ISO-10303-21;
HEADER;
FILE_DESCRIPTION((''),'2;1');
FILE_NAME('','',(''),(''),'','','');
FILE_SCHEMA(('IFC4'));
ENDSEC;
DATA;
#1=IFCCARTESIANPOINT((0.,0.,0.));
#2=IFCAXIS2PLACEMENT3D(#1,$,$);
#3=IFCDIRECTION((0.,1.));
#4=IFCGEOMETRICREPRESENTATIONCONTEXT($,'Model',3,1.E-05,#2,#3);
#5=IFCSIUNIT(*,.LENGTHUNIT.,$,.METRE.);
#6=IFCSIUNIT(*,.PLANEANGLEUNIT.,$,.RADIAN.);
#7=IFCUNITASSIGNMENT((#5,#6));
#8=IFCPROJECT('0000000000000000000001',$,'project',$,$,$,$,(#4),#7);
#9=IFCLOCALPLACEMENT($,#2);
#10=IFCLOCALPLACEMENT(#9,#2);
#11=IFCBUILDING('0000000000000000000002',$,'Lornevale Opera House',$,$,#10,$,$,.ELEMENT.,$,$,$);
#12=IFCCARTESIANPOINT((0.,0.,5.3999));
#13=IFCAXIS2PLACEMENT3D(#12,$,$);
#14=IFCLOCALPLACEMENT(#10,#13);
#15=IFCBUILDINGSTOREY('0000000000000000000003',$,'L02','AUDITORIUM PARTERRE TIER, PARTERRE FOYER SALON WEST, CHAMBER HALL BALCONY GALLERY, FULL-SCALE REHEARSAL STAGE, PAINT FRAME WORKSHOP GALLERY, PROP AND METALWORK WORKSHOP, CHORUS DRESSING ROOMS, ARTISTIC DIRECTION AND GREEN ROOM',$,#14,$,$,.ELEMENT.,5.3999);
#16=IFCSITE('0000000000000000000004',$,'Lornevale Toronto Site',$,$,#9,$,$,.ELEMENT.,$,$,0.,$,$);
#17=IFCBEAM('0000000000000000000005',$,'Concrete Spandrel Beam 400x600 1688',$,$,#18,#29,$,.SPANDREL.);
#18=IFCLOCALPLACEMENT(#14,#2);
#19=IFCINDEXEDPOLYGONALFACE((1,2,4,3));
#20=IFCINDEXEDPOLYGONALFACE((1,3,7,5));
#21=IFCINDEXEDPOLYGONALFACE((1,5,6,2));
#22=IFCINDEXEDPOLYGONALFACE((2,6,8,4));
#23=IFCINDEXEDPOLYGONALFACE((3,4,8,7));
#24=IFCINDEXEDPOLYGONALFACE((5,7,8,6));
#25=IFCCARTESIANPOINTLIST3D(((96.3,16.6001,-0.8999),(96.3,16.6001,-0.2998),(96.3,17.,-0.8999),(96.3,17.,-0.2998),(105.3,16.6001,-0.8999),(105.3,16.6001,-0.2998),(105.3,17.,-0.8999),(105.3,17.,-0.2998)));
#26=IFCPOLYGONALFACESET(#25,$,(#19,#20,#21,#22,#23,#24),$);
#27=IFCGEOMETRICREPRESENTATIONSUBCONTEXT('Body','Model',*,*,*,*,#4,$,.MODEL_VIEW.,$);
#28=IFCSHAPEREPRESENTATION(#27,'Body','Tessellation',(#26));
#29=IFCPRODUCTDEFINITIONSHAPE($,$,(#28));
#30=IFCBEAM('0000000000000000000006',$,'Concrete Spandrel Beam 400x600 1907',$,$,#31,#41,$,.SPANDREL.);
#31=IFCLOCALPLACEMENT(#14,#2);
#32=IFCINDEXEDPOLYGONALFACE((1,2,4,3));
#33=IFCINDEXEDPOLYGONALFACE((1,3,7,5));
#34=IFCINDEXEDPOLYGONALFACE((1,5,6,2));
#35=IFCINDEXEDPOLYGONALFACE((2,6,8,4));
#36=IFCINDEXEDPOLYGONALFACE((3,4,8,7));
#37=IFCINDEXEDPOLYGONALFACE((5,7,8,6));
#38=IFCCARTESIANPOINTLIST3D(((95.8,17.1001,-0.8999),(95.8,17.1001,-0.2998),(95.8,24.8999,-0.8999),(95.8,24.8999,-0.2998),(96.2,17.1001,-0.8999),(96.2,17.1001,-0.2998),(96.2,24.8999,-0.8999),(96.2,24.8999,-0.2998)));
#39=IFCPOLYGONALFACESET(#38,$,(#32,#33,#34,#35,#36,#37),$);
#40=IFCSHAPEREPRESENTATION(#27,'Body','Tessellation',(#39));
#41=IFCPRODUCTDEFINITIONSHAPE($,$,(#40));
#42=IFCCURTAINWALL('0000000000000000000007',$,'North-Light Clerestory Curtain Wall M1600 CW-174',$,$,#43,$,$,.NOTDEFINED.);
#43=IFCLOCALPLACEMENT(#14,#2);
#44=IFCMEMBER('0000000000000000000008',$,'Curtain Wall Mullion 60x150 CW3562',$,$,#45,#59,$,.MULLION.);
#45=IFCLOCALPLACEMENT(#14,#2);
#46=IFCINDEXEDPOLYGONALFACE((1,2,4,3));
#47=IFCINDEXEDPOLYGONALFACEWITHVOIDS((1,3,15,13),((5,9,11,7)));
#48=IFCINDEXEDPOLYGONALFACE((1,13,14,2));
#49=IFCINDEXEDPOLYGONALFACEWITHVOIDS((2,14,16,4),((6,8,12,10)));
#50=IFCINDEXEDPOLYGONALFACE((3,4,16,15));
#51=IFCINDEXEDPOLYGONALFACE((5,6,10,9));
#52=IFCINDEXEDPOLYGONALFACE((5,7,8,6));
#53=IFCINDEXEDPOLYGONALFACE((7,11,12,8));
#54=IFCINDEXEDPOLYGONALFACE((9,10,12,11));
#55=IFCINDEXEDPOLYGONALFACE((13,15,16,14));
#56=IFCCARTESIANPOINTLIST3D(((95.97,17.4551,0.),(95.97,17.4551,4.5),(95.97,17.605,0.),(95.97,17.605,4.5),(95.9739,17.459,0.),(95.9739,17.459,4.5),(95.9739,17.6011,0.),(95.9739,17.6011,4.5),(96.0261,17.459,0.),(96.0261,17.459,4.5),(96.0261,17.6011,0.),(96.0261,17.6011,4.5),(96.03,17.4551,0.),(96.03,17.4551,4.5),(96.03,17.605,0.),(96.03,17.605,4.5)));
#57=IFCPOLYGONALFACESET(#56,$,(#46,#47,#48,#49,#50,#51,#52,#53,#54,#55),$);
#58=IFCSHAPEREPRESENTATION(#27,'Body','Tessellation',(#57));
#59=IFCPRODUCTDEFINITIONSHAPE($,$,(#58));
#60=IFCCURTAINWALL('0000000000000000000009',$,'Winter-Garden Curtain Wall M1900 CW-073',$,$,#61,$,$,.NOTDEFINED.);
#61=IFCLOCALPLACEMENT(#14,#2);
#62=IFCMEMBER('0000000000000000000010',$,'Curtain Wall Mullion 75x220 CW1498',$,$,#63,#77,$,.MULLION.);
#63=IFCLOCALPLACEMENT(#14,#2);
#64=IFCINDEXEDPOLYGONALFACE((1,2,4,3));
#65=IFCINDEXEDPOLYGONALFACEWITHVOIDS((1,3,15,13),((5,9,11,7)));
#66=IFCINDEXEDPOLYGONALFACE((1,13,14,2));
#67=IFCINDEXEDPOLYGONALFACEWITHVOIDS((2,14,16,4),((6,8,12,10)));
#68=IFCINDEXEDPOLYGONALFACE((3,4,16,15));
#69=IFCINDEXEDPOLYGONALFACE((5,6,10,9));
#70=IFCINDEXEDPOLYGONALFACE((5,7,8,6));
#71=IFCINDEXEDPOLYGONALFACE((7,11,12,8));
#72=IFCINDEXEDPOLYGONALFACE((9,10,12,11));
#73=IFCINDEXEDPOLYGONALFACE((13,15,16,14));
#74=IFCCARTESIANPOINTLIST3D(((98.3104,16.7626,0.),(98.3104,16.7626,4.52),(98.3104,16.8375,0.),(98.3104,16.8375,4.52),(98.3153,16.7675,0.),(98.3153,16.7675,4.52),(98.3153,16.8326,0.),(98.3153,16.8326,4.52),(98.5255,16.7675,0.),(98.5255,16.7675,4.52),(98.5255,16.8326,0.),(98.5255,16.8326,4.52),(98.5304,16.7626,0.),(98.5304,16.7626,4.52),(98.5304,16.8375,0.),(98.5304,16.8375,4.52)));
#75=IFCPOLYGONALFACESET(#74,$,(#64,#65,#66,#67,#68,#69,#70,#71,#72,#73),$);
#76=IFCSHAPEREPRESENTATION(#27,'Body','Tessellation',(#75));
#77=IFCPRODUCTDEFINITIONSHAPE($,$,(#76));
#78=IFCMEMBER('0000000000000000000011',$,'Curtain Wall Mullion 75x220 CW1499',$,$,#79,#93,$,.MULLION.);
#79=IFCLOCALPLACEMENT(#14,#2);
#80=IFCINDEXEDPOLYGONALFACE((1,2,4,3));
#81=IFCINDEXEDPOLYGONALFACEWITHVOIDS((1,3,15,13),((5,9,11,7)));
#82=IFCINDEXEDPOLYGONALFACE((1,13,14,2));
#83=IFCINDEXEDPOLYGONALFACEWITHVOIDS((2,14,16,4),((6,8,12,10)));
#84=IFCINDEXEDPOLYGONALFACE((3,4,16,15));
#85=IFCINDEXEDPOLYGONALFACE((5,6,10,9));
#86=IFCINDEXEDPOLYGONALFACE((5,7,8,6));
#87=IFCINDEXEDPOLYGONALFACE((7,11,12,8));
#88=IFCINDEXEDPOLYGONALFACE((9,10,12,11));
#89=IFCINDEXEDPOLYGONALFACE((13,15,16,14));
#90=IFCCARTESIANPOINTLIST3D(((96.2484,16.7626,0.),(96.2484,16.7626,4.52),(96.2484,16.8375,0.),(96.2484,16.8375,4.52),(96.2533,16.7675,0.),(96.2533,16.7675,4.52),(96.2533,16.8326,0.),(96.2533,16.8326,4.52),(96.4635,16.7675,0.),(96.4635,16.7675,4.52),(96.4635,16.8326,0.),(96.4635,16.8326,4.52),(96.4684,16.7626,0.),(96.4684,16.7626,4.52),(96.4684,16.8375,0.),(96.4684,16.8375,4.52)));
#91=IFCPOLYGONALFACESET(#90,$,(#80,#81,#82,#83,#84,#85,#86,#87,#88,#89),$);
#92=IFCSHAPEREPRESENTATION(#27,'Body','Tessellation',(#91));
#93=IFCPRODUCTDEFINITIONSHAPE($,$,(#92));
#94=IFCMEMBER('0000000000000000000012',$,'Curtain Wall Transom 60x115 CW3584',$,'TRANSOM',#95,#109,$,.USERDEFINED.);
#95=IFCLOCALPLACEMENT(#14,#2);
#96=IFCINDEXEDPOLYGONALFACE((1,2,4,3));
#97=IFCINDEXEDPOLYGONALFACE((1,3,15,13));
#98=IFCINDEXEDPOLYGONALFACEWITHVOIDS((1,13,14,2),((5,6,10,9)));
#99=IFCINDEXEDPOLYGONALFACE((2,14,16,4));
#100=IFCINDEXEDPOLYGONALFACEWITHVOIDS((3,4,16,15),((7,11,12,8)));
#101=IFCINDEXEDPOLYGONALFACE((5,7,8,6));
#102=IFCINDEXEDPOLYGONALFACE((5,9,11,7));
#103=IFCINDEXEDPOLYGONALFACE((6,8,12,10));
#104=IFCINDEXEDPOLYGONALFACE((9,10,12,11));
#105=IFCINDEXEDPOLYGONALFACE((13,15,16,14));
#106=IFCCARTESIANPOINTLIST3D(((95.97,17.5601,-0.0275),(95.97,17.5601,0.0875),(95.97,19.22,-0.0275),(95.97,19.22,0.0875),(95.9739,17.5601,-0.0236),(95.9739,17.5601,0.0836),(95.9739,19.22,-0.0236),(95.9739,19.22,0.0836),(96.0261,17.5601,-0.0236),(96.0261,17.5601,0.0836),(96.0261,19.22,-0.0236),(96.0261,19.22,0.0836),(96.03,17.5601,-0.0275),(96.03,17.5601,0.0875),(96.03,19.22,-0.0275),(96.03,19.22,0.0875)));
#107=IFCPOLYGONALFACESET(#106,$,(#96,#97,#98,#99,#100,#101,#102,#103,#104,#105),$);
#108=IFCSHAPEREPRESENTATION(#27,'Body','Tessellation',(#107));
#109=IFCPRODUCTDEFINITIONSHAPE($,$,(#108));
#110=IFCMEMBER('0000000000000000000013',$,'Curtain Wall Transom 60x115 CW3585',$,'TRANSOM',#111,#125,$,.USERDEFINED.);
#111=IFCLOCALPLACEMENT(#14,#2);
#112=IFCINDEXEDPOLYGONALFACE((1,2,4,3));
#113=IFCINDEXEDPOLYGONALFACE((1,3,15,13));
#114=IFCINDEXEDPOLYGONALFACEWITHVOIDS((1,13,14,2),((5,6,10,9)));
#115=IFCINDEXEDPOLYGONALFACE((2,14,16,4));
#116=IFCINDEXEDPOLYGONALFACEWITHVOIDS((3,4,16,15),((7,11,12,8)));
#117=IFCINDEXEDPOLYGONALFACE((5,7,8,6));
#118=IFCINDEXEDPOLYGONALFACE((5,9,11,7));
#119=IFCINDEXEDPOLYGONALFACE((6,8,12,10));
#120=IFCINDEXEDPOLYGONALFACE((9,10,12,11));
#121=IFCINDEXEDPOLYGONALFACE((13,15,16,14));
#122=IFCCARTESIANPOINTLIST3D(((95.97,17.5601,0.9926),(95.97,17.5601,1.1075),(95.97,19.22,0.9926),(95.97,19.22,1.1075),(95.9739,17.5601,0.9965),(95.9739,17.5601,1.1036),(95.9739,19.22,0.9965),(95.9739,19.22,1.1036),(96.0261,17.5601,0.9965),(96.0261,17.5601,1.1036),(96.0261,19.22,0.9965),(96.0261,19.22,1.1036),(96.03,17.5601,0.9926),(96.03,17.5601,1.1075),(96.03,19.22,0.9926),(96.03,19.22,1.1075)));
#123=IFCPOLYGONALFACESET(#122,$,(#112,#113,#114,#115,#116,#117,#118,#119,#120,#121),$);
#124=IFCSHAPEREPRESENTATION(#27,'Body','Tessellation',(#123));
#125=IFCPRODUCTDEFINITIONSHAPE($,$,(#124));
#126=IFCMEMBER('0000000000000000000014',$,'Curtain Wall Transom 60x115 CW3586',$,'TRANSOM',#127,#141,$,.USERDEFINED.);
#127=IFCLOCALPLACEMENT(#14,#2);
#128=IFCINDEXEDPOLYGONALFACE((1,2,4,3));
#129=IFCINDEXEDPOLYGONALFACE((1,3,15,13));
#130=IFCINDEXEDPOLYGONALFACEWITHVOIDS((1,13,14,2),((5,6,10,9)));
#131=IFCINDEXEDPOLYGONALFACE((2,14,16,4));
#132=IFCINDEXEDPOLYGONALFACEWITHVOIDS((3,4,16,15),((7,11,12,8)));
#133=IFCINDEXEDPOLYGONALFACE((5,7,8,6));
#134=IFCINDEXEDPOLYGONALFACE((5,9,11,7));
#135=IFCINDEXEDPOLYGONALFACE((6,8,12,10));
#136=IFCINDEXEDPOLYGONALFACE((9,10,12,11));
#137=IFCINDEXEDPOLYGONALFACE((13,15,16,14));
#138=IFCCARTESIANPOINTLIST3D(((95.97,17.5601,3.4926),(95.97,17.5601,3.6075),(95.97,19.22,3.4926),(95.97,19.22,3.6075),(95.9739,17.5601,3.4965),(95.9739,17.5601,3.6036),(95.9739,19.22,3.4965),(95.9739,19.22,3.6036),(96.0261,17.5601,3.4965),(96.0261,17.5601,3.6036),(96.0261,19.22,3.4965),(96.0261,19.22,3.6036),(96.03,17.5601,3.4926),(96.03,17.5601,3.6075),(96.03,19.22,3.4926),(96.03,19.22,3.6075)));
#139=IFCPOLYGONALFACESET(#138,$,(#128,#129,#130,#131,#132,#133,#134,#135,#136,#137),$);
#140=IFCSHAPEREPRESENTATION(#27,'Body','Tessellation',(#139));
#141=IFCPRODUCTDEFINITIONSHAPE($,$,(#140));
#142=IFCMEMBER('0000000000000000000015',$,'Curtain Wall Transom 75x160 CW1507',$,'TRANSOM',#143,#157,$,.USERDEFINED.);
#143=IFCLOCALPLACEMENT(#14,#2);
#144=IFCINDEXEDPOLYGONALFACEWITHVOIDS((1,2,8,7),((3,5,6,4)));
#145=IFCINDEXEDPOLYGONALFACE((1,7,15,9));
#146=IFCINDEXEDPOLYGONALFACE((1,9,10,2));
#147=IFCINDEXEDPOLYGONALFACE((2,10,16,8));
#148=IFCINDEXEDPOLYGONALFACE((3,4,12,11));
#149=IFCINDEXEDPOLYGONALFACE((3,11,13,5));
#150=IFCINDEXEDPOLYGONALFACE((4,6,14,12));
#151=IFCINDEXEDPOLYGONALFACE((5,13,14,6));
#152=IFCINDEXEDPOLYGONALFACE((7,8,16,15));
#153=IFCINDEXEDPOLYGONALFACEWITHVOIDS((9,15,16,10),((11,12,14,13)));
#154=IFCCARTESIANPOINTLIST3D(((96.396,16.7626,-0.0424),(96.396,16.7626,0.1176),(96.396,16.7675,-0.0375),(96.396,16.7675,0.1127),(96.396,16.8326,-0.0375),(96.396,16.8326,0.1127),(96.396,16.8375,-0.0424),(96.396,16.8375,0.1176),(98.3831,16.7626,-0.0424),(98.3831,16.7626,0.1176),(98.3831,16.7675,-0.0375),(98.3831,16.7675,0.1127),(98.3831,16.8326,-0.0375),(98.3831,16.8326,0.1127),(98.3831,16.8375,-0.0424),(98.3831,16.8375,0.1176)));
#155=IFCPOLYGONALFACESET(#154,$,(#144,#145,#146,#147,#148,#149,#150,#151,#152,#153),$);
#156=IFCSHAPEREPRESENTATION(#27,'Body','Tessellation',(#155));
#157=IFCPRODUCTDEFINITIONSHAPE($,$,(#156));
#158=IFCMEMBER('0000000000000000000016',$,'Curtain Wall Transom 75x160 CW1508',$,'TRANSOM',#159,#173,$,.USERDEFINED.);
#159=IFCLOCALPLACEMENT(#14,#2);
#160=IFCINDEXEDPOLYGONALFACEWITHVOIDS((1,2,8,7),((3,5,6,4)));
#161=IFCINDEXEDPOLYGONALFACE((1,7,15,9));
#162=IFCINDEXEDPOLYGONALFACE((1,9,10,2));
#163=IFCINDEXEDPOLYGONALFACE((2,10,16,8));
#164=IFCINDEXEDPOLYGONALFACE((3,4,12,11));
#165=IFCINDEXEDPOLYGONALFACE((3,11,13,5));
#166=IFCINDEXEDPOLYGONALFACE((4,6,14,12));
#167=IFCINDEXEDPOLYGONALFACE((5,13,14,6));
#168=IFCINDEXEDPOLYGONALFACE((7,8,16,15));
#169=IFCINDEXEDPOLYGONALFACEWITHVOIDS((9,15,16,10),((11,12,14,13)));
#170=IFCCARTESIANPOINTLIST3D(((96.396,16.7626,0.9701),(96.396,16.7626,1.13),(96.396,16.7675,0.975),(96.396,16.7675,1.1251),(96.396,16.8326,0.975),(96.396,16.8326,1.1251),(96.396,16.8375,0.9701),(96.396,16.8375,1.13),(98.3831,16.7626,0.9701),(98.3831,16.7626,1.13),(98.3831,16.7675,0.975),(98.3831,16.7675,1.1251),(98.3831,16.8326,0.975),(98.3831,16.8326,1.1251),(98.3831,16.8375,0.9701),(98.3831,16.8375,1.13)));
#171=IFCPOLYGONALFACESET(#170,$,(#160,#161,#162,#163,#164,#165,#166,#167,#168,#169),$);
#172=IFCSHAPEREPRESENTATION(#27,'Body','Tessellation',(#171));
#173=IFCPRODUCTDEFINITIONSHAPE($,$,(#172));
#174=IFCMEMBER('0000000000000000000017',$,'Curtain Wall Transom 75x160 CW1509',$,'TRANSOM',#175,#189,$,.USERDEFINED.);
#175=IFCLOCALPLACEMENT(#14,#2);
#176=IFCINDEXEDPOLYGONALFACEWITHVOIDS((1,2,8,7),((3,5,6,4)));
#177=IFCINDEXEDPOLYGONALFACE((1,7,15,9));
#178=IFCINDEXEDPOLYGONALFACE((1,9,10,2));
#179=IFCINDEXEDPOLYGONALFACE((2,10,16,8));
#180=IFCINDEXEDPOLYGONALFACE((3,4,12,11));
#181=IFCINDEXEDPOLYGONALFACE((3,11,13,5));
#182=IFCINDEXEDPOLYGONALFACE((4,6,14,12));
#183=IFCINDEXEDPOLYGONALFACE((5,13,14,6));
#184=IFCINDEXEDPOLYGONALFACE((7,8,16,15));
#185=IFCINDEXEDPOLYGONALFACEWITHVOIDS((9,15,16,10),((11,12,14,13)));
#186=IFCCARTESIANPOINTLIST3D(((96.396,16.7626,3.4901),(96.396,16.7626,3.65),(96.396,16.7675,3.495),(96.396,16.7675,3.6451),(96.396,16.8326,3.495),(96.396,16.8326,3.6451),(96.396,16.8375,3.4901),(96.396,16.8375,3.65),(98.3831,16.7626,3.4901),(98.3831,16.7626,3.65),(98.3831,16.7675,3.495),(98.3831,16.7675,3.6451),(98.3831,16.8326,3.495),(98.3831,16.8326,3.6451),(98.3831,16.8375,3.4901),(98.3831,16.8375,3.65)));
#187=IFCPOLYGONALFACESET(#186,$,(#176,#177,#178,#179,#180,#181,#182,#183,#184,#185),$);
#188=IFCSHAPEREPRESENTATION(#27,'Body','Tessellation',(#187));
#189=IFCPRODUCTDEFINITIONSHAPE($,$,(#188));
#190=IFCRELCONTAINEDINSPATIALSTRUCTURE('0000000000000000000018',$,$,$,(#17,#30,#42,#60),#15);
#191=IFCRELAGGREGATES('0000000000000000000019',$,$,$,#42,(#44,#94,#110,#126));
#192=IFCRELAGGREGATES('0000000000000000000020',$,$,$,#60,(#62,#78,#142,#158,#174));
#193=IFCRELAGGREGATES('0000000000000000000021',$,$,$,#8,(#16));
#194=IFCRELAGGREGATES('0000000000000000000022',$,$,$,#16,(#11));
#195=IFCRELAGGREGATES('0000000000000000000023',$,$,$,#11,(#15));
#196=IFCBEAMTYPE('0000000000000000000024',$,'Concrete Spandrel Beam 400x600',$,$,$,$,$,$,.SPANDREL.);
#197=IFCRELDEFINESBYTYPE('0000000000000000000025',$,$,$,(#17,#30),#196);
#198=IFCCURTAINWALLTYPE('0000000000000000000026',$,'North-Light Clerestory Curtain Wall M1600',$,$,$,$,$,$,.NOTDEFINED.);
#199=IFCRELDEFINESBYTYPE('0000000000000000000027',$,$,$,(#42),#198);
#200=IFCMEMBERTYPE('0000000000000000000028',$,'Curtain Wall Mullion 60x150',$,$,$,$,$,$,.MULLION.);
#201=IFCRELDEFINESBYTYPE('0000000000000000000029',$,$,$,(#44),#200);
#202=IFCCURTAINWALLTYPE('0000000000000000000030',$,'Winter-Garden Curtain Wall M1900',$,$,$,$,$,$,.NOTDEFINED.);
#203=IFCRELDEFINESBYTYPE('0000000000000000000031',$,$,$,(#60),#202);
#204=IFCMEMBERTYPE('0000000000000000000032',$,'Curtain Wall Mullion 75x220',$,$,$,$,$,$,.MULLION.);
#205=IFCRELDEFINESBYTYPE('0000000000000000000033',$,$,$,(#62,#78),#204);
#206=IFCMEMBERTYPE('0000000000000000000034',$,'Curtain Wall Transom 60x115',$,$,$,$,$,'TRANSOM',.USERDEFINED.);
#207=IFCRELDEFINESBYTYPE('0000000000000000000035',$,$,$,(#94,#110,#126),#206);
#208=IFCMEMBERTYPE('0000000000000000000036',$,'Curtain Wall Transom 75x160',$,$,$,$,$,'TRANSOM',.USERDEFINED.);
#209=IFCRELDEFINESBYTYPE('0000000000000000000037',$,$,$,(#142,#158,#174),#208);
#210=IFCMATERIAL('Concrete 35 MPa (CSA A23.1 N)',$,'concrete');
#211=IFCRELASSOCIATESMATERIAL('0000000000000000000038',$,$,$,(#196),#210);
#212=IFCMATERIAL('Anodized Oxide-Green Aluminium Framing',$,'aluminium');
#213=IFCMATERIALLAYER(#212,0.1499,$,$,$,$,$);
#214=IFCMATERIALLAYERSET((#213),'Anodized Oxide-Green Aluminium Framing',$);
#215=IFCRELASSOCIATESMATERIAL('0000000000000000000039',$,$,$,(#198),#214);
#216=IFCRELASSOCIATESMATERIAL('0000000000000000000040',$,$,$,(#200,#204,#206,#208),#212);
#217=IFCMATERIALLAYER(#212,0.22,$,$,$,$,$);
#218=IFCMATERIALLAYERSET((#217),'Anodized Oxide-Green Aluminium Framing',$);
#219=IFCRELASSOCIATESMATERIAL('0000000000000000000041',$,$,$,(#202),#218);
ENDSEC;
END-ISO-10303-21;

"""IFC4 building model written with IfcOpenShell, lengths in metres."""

from ifc_helpers import new_model, si_unit, direction, frame, origin, origin_2d, place, context, subcontext, project, spatial, rectangle, hollow_rectangle, extrude, material, layer, layer_set, material_profile, profile_set, type_object, element, aggregate, save


model = new_model("IFC4")

# Units and contexts
model_context = context("Model", 3, precision=1e-05, world=origin(), true_north=direction((0.0, 1.0)))
body_context = subcontext(model_context, "Body", "Model", "MODEL_VIEW")
ifc_project = project(units=[si_unit("LENGTHUNIT", "METRE"), si_unit("PLANEANGLEUNIT", "RADIAN")], contexts=[model_context])

# Site, building, storey
site_placement = place(None, origin())
site = spatial("IfcSite", under=ifc_project, at=site_placement, Name="Lornevale Toronto Site", CompositionType="ELEMENT", RefElevation=0.0)
building_placement = place(site_placement, origin())
building = spatial("IfcBuilding", under=site, at=building_placement, Name="Lornevale Opera House", CompositionType="ELEMENT")
storey_placement = place(building_placement, frame((0.0, 0.0, 5.3999)))
storey = spatial("IfcBuildingStorey", under=building, at=storey_placement, Name="L02", Description="AUDITORIUM PARTERRE TIER, PARTERRE FOYER SALON WEST, CHAMBER HALL BALCONY GALLERY, FULL-SCALE REHEARSAL STAGE, PAINT FRAME WORKSHOP GALLERY, PROP AND METALWORK WORKSHOP, CHORUS DRESSING ROOMS, ARTISTIC DIRECTION AND GREEN ROOM", CompositionType="ELEMENT", Elevation=5.3999)

# Beams
ifc_material_1 = material(Name="Concrete 35 MPa (CSA A23.1 N)", Category="concrete")
ifc_material_profile_1 = material_profile(ifc_material_1, rectangle(XDim=0.3999, YDim=0.6001, at=origin_2d()), Name="RC400x600")
ifc_profile_set_1 = profile_set([ifc_material_profile_1], Name="Concrete 35 MPa (CSA A23.1 N)")
beam_type = type_object("IfcBeamType", Name="Concrete Spandrel Beam 400x600", PredefinedType="SPANDREL", material=ifc_profile_set_1)
beam_1_placement = place(storey_placement, frame((96.3, 16.8, -0.5999), z_axis=(1.0, 0.0, 0.0), x_axis=(0.0, 1.0, 0.0)))
element("IfcBeam", 1, at=beam_1_placement, inside=storey, type_object=beam_type, Name="Concrete Spandrel Beam 400x600 1688", PredefinedType="SPANDREL", context=body_context, shape_type="SweptSolid", body=[
    extrude(rectangle(XDim=0.3999, YDim=0.6001, at=origin_2d()), origin(), (0.0, 0.0, 1.0), 9.0),
])
beam_2_placement = place(storey_placement, frame((96.0, 17.1001, -0.5999), z_axis=(0.0, 1.0, 0.0), x_axis=(-1.0, 0.0, 0.0)))
element("IfcBeam", 2, at=beam_2_placement, inside=storey, type_object=beam_type, Name="Concrete Spandrel Beam 400x600 1907", PredefinedType="SPANDREL", context=body_context, shape_type="SweptSolid", body=[
    extrude(rectangle(XDim=0.3999, YDim=0.6001, at=origin_2d()), origin(), (0.0, 0.0, 1.0), 7.7998),
])

# Curtain wall, member
ifc_material_2 = material(Name="Anodized Oxide-Green Aluminium Framing", Category="aluminium")
ifc_layer_1 = layer(ifc_material_2, 0.1499)
ifc_layer_set_1 = layer_set([ifc_layer_1], Name="Anodized Oxide-Green Aluminium Framing")
curtain_wall_type_1 = type_object("IfcCurtainWallType", Name="North-Light Clerestory Curtain Wall M1600", PredefinedType="NOTDEFINED", material=ifc_layer_set_1)
curtain_wall_1_placement = place(storey_placement, origin())
curtain_wall_1 = element("IfcCurtainWall", 3, at=curtain_wall_1_placement, inside=storey, type_object=curtain_wall_type_1, Name="North-Light Clerestory Curtain Wall M1600 CW-174", PredefinedType="NOTDEFINED")
ifc_material_profile_2 = material_profile(ifc_material_2, hollow_rectangle(XDim=0.0601, YDim=0.1499, WallThickness=0.0039, at=origin_2d()), Name="ALU60x150x4")
ifc_profile_set_2 = profile_set([ifc_material_profile_2], Name="Anodized Oxide-Green Aluminium Framing")
member_type_1 = type_object("IfcMemberType", Name="Curtain Wall Mullion 60x150", PredefinedType="MULLION", material=ifc_profile_set_2)
member_1_placement = place(storey_placement, frame((96.0, 17.53, 0.0), z_axis=(0.0, 0.0, 1.0), x_axis=(1.0, 0.0, 0.0)))
member_1 = element("IfcMember", 4, at=member_1_placement, type_object=member_type_1, Name="Curtain Wall Mullion 60x150 CW3562", PredefinedType="MULLION", context=body_context, shape_type="SweptSolid", body=[
    extrude(hollow_rectangle(XDim=0.0601, YDim=0.1499, WallThickness=0.0039, at=origin_2d()), origin(), (0.0, 0.0, 1.0), 4.5),
])

# Curtain wall, members
ifc_layer_2 = layer(ifc_material_2, 0.22)
ifc_layer_set_2 = layer_set([ifc_layer_2], Name="Anodized Oxide-Green Aluminium Framing")
curtain_wall_type_2 = type_object("IfcCurtainWallType", Name="Winter-Garden Curtain Wall M1900", PredefinedType="NOTDEFINED", material=ifc_layer_set_2)
curtain_wall_2_placement = place(storey_placement, origin())
curtain_wall_2 = element("IfcCurtainWall", 5, at=curtain_wall_2_placement, inside=storey, type_object=curtain_wall_type_2, Name="Winter-Garden Curtain Wall M1900 CW-073", PredefinedType="NOTDEFINED")
ifc_material_profile_3 = material_profile(ifc_material_2, hollow_rectangle(XDim=0.075, YDim=0.22, WallThickness=0.0049, at=origin_2d()), Name="ALU75x220x5")
ifc_profile_set_3 = profile_set([ifc_material_profile_3], Name="Anodized Oxide-Green Aluminium Framing")
member_type_2 = type_object("IfcMemberType", Name="Curtain Wall Mullion 75x220", PredefinedType="MULLION", material=ifc_profile_set_3)
member_2_placement = place(storey_placement, frame((98.4204, 16.8, 0.0), z_axis=(0.0, 0.0, 1.0), x_axis=(0.0, -1.0, 0.0)))
member_2 = element("IfcMember", 6, at=member_2_placement, type_object=member_type_2, Name="Curtain Wall Mullion 75x220 CW1498", PredefinedType="MULLION", context=body_context, shape_type="SweptSolid", body=[
    extrude(hollow_rectangle(XDim=0.075, YDim=0.22, WallThickness=0.0049, at=origin_2d()), origin(), (0.0, 0.0, 1.0), 4.52),
])
member_3_placement = place(storey_placement, frame((96.3584, 16.8, 0.0), z_axis=(0.0, 0.0, 1.0), x_axis=(0.0, -1.0, 0.0)))
member_3 = element("IfcMember", 7, at=member_3_placement, type_object=member_type_2, Name="Curtain Wall Mullion 75x220 CW1499", PredefinedType="MULLION", context=body_context, shape_type="SweptSolid", body=[
    extrude(hollow_rectangle(XDim=0.075, YDim=0.22, WallThickness=0.0049, at=origin_2d()), origin(), (0.0, 0.0, 1.0), 4.52),
])

# Members
ifc_material_profile_4 = material_profile(ifc_material_2, hollow_rectangle(XDim=0.0601, YDim=0.115, WallThickness=0.0039, at=origin_2d()), Name="ALU60x115x4")
ifc_profile_set_4 = profile_set([ifc_material_profile_4], Name="Anodized Oxide-Green Aluminium Framing")
member_type_3 = type_object("IfcMemberType", Name="Curtain Wall Transom 60x115", ElementType="TRANSOM", PredefinedType="USERDEFINED", material=ifc_profile_set_4)
member_4_placement = place(storey_placement, frame((96.0, 19.22, 0.03), z_axis=(0.0, -1.0, 0.0), x_axis=(1.0, 0.0, 0.0)))
member_4 = element("IfcMember", 8, at=member_4_placement, type_object=member_type_3, Name="Curtain Wall Transom 60x115 CW3584", ObjectType="TRANSOM", PredefinedType="USERDEFINED", context=body_context, shape_type="SweptSolid", body=[
    extrude(hollow_rectangle(XDim=0.0601, YDim=0.115, WallThickness=0.0039, at=origin_2d()), origin(), (0.0, 0.0, 1.0), 1.6599),
])
member_5_placement = place(storey_placement, frame((96.0, 19.22, 1.05), z_axis=(0.0, -1.0, 0.0), x_axis=(1.0, 0.0, 0.0)))
member_5 = element("IfcMember", 9, at=member_5_placement, type_object=member_type_3, Name="Curtain Wall Transom 60x115 CW3585", ObjectType="TRANSOM", PredefinedType="USERDEFINED", context=body_context, shape_type="SweptSolid", body=[
    extrude(hollow_rectangle(XDim=0.0601, YDim=0.115, WallThickness=0.0039, at=origin_2d()), origin(), (0.0, 0.0, 1.0), 1.6599),
])
member_6_placement = place(storey_placement, frame((96.0, 19.22, 3.55), z_axis=(0.0, -1.0, 0.0), x_axis=(1.0, 0.0, 0.0)))
member_6 = element("IfcMember", 10, at=member_6_placement, type_object=member_type_3, Name="Curtain Wall Transom 60x115 CW3586", ObjectType="TRANSOM", PredefinedType="USERDEFINED", context=body_context, shape_type="SweptSolid", body=[
    extrude(hollow_rectangle(XDim=0.0601, YDim=0.115, WallThickness=0.0039, at=origin_2d()), origin(), (0.0, 0.0, 1.0), 1.6599),
])
ifc_material_profile_5 = material_profile(ifc_material_2, hollow_rectangle(XDim=0.075, YDim=0.1599, WallThickness=0.0049, at=origin_2d()), Name="ALU75x160x5")
ifc_profile_set_5 = profile_set([ifc_material_profile_5], Name="Anodized Oxide-Green Aluminium Framing")
member_type_4 = type_object("IfcMemberType", Name="Curtain Wall Transom 75x160", ElementType="TRANSOM", PredefinedType="USERDEFINED", material=ifc_profile_set_5)
member_7_placement = place(storey_placement, frame((98.3831, 16.8, 0.0376), z_axis=(-1.0, 0.0, 0.0), x_axis=(0.0, -1.0, 0.0)))
member_7 = element("IfcMember", 11, at=member_7_placement, type_object=member_type_4, Name="Curtain Wall Transom 75x160 CW1507", ObjectType="TRANSOM", PredefinedType="USERDEFINED", context=body_context, shape_type="SweptSolid", body=[
    extrude(hollow_rectangle(XDim=0.075, YDim=0.1599, WallThickness=0.0049, at=origin_2d()), origin(), (0.0, 0.0, 1.0), 1.9871),
])
member_8_placement = place(storey_placement, frame((98.3831, 16.8, 1.05), z_axis=(-1.0, 0.0, 0.0), x_axis=(0.0, -1.0, 0.0)))
member_8 = element("IfcMember", 12, at=member_8_placement, type_object=member_type_4, Name="Curtain Wall Transom 75x160 CW1508", ObjectType="TRANSOM", PredefinedType="USERDEFINED", context=body_context, shape_type="SweptSolid", body=[
    extrude(hollow_rectangle(XDim=0.075, YDim=0.1599, WallThickness=0.0049, at=origin_2d()), origin(), (0.0, 0.0, 1.0), 1.9871),
])
member_9_placement = place(storey_placement, frame((98.3831, 16.8, 3.5701), z_axis=(-1.0, 0.0, 0.0), x_axis=(0.0, -1.0, 0.0)))
member_9 = element("IfcMember", 13, at=member_9_placement, type_object=member_type_4, Name="Curtain Wall Transom 75x160 CW1509", ObjectType="TRANSOM", PredefinedType="USERDEFINED", context=body_context, shape_type="SweptSolid", body=[
    extrude(hollow_rectangle(XDim=0.075, YDim=0.1599, WallThickness=0.0049, at=origin_2d()), origin(), (0.0, 0.0, 1.0), 1.9871),
])

aggregate(curtain_wall_1, [member_1, member_4, member_5, member_6])
aggregate(curtain_wall_2, [member_2, member_3, member_7, member_8, member_9])

save(model, "model.ifc")
